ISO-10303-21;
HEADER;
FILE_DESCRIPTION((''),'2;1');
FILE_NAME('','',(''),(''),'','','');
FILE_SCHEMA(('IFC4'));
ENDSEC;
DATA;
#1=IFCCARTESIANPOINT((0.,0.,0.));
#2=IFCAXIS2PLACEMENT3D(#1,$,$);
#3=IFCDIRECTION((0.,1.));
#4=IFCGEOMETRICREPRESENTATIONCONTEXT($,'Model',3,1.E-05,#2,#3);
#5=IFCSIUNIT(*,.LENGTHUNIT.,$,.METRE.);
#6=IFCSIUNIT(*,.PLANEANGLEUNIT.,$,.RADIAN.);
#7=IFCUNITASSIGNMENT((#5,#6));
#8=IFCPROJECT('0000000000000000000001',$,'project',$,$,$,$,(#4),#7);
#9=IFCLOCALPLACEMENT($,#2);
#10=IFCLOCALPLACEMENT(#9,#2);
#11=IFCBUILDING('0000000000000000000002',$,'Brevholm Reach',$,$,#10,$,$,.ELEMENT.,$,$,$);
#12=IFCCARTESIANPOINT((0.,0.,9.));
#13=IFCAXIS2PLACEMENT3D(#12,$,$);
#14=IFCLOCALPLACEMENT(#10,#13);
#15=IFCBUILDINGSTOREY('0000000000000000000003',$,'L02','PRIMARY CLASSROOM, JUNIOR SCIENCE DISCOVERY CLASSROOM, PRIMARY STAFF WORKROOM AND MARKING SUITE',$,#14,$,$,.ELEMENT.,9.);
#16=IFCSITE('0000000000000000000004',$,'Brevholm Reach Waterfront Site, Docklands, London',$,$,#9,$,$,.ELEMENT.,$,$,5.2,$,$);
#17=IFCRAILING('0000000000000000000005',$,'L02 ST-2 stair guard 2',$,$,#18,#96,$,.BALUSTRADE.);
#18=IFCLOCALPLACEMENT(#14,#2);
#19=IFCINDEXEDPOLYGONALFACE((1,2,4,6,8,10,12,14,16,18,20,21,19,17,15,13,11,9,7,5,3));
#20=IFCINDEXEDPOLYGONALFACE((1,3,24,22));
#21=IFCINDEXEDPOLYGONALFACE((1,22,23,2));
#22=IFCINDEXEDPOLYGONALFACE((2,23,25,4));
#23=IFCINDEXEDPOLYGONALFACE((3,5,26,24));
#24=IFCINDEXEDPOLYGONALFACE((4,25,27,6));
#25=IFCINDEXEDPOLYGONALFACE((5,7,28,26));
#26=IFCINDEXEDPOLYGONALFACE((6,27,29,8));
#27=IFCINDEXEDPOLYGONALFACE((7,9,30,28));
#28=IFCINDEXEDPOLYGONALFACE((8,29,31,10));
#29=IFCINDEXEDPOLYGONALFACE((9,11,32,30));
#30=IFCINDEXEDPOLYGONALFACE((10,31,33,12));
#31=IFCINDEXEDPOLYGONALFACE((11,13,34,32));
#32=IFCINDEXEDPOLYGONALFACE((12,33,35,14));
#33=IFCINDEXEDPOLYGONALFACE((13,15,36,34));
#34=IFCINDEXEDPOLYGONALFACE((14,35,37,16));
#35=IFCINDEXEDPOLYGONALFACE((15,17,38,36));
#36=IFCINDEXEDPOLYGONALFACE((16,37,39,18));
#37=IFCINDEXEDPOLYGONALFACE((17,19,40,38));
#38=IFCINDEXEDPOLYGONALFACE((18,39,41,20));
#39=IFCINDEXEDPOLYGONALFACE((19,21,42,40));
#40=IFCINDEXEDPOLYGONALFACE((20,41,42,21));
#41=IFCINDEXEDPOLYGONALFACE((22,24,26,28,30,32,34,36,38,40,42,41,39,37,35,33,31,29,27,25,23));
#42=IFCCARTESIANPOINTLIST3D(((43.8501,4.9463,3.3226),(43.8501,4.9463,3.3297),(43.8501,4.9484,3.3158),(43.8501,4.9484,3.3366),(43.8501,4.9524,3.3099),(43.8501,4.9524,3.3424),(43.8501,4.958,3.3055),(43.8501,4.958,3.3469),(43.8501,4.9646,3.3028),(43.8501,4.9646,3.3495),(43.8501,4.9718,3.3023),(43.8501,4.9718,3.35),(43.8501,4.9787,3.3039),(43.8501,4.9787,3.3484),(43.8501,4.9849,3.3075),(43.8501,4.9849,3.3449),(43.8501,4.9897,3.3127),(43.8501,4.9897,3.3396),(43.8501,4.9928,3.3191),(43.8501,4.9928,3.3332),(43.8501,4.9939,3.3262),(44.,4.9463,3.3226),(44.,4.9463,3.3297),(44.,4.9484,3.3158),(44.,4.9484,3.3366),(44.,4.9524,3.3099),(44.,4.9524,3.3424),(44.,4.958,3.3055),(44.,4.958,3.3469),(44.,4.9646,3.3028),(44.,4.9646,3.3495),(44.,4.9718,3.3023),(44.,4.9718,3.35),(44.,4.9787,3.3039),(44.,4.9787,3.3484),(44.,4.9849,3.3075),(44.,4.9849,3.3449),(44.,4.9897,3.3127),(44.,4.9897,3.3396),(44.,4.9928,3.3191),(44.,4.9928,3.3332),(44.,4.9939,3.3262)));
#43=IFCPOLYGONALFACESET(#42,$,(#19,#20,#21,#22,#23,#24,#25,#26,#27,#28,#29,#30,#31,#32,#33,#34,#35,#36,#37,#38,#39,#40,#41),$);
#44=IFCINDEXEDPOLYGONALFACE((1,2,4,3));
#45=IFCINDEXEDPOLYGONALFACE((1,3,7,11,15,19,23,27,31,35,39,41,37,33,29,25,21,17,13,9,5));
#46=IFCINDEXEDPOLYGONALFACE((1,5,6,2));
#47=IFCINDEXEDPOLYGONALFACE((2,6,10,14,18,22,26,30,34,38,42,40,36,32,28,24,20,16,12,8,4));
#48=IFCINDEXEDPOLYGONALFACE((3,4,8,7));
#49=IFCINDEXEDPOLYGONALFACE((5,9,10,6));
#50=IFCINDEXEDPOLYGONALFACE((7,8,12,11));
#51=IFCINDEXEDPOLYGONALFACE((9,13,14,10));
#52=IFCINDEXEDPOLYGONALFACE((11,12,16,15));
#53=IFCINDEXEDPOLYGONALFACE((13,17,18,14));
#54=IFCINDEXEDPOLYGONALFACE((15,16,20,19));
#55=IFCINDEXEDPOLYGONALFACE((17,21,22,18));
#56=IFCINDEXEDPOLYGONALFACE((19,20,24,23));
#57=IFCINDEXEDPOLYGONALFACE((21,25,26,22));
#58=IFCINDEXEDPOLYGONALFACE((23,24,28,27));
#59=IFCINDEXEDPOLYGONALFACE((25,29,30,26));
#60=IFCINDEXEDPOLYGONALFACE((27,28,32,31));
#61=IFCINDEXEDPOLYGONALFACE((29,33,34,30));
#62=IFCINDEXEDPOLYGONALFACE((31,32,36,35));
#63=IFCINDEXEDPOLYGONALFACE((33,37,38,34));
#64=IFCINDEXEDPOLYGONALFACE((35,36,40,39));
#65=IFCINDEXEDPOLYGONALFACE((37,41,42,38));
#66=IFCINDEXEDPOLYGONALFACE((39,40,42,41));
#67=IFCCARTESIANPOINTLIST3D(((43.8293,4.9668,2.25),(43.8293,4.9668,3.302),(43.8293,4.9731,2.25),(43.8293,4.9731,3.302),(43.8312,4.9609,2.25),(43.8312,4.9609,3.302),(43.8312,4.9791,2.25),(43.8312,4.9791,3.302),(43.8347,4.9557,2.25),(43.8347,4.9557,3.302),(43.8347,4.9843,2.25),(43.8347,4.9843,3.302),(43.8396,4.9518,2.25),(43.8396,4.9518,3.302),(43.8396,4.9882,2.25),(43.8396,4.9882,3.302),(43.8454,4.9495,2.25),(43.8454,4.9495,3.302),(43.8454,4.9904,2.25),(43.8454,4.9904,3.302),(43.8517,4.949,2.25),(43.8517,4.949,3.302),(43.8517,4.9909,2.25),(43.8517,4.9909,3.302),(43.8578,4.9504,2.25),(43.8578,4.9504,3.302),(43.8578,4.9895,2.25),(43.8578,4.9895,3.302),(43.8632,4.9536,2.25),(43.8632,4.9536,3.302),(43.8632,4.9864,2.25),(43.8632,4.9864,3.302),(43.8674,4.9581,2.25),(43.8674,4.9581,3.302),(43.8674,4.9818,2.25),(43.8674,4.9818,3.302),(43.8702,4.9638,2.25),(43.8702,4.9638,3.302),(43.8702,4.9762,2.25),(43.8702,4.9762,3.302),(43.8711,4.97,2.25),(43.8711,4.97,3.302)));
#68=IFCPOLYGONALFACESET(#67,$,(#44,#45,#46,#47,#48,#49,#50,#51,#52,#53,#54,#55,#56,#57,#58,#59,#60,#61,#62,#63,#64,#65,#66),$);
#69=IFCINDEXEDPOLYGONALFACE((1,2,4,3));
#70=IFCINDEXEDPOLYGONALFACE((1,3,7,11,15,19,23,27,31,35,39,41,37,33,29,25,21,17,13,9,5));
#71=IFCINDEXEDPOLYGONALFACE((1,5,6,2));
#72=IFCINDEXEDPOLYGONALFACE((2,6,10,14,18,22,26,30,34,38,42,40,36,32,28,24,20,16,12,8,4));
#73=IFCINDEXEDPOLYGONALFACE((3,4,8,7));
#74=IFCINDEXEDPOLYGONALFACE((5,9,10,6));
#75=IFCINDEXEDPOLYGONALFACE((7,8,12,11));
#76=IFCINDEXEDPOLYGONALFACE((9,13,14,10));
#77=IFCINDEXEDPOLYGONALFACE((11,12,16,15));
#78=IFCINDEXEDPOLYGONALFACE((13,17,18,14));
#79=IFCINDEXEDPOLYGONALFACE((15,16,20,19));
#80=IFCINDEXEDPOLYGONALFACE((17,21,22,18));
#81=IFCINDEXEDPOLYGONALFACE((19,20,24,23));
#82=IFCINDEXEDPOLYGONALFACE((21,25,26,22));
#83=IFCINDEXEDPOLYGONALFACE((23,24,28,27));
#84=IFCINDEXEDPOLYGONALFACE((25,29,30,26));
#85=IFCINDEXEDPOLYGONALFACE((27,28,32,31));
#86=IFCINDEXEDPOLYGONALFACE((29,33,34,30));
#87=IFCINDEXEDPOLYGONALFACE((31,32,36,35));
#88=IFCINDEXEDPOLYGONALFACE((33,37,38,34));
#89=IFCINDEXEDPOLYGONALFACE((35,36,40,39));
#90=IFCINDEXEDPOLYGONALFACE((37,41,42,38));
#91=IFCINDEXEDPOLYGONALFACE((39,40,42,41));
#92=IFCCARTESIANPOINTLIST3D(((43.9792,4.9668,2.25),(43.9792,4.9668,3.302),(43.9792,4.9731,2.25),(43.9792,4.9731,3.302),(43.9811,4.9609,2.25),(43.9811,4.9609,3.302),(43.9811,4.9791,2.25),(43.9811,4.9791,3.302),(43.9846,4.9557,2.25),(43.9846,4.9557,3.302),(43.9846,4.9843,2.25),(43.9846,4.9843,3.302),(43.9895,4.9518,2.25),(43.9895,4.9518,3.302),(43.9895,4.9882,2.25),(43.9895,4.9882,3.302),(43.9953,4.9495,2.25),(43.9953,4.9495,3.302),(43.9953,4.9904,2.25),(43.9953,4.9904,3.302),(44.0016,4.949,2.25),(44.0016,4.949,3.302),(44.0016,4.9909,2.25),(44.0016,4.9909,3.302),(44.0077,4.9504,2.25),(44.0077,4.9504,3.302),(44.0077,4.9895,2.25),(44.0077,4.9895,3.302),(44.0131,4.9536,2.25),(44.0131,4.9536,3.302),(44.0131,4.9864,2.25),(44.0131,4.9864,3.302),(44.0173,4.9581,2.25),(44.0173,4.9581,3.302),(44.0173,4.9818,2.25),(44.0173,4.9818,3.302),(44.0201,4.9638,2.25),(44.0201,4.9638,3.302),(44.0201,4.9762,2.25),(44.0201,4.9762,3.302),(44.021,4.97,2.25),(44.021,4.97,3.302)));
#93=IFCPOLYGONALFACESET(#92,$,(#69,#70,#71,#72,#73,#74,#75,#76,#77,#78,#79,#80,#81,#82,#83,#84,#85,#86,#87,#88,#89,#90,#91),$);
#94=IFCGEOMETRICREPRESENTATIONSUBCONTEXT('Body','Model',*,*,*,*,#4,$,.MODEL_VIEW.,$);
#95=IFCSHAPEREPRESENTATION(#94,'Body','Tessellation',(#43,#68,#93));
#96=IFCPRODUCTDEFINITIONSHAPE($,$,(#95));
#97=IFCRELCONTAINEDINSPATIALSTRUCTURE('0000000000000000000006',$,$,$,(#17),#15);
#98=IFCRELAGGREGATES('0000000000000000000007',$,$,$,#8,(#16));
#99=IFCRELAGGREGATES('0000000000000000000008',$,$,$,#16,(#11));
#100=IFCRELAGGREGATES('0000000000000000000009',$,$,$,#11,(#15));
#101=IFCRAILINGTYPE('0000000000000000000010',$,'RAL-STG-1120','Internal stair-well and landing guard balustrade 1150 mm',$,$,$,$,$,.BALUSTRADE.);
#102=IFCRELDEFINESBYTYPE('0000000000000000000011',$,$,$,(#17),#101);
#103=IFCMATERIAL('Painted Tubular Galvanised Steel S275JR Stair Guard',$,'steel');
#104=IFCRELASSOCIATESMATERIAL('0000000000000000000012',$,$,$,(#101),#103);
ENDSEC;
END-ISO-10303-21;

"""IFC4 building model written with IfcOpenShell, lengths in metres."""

from ifc_helpers import new_model, si_unit, direction, frame, origin, origin_2d, place, context, subcontext, project, spatial, circle, extrude, material, type_object, element, save


model = new_model("IFC4")

# Units and contexts
model_context = context("Model", 3, precision=1e-05, world=origin(), true_north=direction((0.0, 1.0)))
body_context = subcontext(model_context, "Body", "Model", "MODEL_VIEW")
ifc_project = project(units=[si_unit("LENGTHUNIT", "METRE"), si_unit("PLANEANGLEUNIT", "RADIAN")], contexts=[model_context])

# Site, building, storey
site_placement = place(None, origin())
site = spatial("IfcSite", under=ifc_project, at=site_placement, Name="Brevholm Reach Waterfront Site, Docklands, London", CompositionType="ELEMENT", RefElevation=5.2)
building_placement = place(site_placement, origin())
building = spatial("IfcBuilding", under=site, at=building_placement, Name="Brevholm Reach", CompositionType="ELEMENT")
storey_placement = place(building_placement, frame((0.0, 0.0, 9.0)))
storey = spatial("IfcBuildingStorey", under=building, at=storey_placement, Name="L02", Description="PRIMARY CLASSROOM, JUNIOR SCIENCE DISCOVERY CLASSROOM, PRIMARY STAFF WORKROOM AND MARKING SUITE", CompositionType="ELEMENT", Elevation=9.0)

# Railing
ifc_material_1 = material(Name="Painted Tubular Galvanised Steel S275JR Stair Guard", Category="steel")
railing_type_1 = type_object("IfcRailingType", Name="RAL-STG-1120", Description="Internal stair-well and landing guard balustrade 1150 mm", PredefinedType="BALUSTRADE", material=ifc_material_1)
railing_1_placement = place(storey_placement, frame((43.8501, 4.97, 2.25)))
element("IfcRailing", 1, at=railing_1_placement, inside=storey, type_object=railing_type_1, Name="L02 ST-2 stair guard 2", PredefinedType="BALUSTRADE", context=body_context, shape_type="SweptSolid", body=[
    extrude(circle(Radius=0.0239, at=origin_2d()), frame((0.0, 0.0, 1.0762), z_axis=(1.0, 0.0, 0.0), x_axis=(0.0, 1.0, 0.0)), (0.0, 0.0, 1.0), 0.1499),
    extrude(circle(Radius=0.021, at=origin_2d()), origin(), (0.0, 0.0, 1.0), 1.052),
    extrude(circle(Radius=0.021, at=origin_2d()), frame((0.1499, 0.0, 0.0)), (0.0, 0.0, 1.0), 1.052),
])

save(model, "model.ifc")
